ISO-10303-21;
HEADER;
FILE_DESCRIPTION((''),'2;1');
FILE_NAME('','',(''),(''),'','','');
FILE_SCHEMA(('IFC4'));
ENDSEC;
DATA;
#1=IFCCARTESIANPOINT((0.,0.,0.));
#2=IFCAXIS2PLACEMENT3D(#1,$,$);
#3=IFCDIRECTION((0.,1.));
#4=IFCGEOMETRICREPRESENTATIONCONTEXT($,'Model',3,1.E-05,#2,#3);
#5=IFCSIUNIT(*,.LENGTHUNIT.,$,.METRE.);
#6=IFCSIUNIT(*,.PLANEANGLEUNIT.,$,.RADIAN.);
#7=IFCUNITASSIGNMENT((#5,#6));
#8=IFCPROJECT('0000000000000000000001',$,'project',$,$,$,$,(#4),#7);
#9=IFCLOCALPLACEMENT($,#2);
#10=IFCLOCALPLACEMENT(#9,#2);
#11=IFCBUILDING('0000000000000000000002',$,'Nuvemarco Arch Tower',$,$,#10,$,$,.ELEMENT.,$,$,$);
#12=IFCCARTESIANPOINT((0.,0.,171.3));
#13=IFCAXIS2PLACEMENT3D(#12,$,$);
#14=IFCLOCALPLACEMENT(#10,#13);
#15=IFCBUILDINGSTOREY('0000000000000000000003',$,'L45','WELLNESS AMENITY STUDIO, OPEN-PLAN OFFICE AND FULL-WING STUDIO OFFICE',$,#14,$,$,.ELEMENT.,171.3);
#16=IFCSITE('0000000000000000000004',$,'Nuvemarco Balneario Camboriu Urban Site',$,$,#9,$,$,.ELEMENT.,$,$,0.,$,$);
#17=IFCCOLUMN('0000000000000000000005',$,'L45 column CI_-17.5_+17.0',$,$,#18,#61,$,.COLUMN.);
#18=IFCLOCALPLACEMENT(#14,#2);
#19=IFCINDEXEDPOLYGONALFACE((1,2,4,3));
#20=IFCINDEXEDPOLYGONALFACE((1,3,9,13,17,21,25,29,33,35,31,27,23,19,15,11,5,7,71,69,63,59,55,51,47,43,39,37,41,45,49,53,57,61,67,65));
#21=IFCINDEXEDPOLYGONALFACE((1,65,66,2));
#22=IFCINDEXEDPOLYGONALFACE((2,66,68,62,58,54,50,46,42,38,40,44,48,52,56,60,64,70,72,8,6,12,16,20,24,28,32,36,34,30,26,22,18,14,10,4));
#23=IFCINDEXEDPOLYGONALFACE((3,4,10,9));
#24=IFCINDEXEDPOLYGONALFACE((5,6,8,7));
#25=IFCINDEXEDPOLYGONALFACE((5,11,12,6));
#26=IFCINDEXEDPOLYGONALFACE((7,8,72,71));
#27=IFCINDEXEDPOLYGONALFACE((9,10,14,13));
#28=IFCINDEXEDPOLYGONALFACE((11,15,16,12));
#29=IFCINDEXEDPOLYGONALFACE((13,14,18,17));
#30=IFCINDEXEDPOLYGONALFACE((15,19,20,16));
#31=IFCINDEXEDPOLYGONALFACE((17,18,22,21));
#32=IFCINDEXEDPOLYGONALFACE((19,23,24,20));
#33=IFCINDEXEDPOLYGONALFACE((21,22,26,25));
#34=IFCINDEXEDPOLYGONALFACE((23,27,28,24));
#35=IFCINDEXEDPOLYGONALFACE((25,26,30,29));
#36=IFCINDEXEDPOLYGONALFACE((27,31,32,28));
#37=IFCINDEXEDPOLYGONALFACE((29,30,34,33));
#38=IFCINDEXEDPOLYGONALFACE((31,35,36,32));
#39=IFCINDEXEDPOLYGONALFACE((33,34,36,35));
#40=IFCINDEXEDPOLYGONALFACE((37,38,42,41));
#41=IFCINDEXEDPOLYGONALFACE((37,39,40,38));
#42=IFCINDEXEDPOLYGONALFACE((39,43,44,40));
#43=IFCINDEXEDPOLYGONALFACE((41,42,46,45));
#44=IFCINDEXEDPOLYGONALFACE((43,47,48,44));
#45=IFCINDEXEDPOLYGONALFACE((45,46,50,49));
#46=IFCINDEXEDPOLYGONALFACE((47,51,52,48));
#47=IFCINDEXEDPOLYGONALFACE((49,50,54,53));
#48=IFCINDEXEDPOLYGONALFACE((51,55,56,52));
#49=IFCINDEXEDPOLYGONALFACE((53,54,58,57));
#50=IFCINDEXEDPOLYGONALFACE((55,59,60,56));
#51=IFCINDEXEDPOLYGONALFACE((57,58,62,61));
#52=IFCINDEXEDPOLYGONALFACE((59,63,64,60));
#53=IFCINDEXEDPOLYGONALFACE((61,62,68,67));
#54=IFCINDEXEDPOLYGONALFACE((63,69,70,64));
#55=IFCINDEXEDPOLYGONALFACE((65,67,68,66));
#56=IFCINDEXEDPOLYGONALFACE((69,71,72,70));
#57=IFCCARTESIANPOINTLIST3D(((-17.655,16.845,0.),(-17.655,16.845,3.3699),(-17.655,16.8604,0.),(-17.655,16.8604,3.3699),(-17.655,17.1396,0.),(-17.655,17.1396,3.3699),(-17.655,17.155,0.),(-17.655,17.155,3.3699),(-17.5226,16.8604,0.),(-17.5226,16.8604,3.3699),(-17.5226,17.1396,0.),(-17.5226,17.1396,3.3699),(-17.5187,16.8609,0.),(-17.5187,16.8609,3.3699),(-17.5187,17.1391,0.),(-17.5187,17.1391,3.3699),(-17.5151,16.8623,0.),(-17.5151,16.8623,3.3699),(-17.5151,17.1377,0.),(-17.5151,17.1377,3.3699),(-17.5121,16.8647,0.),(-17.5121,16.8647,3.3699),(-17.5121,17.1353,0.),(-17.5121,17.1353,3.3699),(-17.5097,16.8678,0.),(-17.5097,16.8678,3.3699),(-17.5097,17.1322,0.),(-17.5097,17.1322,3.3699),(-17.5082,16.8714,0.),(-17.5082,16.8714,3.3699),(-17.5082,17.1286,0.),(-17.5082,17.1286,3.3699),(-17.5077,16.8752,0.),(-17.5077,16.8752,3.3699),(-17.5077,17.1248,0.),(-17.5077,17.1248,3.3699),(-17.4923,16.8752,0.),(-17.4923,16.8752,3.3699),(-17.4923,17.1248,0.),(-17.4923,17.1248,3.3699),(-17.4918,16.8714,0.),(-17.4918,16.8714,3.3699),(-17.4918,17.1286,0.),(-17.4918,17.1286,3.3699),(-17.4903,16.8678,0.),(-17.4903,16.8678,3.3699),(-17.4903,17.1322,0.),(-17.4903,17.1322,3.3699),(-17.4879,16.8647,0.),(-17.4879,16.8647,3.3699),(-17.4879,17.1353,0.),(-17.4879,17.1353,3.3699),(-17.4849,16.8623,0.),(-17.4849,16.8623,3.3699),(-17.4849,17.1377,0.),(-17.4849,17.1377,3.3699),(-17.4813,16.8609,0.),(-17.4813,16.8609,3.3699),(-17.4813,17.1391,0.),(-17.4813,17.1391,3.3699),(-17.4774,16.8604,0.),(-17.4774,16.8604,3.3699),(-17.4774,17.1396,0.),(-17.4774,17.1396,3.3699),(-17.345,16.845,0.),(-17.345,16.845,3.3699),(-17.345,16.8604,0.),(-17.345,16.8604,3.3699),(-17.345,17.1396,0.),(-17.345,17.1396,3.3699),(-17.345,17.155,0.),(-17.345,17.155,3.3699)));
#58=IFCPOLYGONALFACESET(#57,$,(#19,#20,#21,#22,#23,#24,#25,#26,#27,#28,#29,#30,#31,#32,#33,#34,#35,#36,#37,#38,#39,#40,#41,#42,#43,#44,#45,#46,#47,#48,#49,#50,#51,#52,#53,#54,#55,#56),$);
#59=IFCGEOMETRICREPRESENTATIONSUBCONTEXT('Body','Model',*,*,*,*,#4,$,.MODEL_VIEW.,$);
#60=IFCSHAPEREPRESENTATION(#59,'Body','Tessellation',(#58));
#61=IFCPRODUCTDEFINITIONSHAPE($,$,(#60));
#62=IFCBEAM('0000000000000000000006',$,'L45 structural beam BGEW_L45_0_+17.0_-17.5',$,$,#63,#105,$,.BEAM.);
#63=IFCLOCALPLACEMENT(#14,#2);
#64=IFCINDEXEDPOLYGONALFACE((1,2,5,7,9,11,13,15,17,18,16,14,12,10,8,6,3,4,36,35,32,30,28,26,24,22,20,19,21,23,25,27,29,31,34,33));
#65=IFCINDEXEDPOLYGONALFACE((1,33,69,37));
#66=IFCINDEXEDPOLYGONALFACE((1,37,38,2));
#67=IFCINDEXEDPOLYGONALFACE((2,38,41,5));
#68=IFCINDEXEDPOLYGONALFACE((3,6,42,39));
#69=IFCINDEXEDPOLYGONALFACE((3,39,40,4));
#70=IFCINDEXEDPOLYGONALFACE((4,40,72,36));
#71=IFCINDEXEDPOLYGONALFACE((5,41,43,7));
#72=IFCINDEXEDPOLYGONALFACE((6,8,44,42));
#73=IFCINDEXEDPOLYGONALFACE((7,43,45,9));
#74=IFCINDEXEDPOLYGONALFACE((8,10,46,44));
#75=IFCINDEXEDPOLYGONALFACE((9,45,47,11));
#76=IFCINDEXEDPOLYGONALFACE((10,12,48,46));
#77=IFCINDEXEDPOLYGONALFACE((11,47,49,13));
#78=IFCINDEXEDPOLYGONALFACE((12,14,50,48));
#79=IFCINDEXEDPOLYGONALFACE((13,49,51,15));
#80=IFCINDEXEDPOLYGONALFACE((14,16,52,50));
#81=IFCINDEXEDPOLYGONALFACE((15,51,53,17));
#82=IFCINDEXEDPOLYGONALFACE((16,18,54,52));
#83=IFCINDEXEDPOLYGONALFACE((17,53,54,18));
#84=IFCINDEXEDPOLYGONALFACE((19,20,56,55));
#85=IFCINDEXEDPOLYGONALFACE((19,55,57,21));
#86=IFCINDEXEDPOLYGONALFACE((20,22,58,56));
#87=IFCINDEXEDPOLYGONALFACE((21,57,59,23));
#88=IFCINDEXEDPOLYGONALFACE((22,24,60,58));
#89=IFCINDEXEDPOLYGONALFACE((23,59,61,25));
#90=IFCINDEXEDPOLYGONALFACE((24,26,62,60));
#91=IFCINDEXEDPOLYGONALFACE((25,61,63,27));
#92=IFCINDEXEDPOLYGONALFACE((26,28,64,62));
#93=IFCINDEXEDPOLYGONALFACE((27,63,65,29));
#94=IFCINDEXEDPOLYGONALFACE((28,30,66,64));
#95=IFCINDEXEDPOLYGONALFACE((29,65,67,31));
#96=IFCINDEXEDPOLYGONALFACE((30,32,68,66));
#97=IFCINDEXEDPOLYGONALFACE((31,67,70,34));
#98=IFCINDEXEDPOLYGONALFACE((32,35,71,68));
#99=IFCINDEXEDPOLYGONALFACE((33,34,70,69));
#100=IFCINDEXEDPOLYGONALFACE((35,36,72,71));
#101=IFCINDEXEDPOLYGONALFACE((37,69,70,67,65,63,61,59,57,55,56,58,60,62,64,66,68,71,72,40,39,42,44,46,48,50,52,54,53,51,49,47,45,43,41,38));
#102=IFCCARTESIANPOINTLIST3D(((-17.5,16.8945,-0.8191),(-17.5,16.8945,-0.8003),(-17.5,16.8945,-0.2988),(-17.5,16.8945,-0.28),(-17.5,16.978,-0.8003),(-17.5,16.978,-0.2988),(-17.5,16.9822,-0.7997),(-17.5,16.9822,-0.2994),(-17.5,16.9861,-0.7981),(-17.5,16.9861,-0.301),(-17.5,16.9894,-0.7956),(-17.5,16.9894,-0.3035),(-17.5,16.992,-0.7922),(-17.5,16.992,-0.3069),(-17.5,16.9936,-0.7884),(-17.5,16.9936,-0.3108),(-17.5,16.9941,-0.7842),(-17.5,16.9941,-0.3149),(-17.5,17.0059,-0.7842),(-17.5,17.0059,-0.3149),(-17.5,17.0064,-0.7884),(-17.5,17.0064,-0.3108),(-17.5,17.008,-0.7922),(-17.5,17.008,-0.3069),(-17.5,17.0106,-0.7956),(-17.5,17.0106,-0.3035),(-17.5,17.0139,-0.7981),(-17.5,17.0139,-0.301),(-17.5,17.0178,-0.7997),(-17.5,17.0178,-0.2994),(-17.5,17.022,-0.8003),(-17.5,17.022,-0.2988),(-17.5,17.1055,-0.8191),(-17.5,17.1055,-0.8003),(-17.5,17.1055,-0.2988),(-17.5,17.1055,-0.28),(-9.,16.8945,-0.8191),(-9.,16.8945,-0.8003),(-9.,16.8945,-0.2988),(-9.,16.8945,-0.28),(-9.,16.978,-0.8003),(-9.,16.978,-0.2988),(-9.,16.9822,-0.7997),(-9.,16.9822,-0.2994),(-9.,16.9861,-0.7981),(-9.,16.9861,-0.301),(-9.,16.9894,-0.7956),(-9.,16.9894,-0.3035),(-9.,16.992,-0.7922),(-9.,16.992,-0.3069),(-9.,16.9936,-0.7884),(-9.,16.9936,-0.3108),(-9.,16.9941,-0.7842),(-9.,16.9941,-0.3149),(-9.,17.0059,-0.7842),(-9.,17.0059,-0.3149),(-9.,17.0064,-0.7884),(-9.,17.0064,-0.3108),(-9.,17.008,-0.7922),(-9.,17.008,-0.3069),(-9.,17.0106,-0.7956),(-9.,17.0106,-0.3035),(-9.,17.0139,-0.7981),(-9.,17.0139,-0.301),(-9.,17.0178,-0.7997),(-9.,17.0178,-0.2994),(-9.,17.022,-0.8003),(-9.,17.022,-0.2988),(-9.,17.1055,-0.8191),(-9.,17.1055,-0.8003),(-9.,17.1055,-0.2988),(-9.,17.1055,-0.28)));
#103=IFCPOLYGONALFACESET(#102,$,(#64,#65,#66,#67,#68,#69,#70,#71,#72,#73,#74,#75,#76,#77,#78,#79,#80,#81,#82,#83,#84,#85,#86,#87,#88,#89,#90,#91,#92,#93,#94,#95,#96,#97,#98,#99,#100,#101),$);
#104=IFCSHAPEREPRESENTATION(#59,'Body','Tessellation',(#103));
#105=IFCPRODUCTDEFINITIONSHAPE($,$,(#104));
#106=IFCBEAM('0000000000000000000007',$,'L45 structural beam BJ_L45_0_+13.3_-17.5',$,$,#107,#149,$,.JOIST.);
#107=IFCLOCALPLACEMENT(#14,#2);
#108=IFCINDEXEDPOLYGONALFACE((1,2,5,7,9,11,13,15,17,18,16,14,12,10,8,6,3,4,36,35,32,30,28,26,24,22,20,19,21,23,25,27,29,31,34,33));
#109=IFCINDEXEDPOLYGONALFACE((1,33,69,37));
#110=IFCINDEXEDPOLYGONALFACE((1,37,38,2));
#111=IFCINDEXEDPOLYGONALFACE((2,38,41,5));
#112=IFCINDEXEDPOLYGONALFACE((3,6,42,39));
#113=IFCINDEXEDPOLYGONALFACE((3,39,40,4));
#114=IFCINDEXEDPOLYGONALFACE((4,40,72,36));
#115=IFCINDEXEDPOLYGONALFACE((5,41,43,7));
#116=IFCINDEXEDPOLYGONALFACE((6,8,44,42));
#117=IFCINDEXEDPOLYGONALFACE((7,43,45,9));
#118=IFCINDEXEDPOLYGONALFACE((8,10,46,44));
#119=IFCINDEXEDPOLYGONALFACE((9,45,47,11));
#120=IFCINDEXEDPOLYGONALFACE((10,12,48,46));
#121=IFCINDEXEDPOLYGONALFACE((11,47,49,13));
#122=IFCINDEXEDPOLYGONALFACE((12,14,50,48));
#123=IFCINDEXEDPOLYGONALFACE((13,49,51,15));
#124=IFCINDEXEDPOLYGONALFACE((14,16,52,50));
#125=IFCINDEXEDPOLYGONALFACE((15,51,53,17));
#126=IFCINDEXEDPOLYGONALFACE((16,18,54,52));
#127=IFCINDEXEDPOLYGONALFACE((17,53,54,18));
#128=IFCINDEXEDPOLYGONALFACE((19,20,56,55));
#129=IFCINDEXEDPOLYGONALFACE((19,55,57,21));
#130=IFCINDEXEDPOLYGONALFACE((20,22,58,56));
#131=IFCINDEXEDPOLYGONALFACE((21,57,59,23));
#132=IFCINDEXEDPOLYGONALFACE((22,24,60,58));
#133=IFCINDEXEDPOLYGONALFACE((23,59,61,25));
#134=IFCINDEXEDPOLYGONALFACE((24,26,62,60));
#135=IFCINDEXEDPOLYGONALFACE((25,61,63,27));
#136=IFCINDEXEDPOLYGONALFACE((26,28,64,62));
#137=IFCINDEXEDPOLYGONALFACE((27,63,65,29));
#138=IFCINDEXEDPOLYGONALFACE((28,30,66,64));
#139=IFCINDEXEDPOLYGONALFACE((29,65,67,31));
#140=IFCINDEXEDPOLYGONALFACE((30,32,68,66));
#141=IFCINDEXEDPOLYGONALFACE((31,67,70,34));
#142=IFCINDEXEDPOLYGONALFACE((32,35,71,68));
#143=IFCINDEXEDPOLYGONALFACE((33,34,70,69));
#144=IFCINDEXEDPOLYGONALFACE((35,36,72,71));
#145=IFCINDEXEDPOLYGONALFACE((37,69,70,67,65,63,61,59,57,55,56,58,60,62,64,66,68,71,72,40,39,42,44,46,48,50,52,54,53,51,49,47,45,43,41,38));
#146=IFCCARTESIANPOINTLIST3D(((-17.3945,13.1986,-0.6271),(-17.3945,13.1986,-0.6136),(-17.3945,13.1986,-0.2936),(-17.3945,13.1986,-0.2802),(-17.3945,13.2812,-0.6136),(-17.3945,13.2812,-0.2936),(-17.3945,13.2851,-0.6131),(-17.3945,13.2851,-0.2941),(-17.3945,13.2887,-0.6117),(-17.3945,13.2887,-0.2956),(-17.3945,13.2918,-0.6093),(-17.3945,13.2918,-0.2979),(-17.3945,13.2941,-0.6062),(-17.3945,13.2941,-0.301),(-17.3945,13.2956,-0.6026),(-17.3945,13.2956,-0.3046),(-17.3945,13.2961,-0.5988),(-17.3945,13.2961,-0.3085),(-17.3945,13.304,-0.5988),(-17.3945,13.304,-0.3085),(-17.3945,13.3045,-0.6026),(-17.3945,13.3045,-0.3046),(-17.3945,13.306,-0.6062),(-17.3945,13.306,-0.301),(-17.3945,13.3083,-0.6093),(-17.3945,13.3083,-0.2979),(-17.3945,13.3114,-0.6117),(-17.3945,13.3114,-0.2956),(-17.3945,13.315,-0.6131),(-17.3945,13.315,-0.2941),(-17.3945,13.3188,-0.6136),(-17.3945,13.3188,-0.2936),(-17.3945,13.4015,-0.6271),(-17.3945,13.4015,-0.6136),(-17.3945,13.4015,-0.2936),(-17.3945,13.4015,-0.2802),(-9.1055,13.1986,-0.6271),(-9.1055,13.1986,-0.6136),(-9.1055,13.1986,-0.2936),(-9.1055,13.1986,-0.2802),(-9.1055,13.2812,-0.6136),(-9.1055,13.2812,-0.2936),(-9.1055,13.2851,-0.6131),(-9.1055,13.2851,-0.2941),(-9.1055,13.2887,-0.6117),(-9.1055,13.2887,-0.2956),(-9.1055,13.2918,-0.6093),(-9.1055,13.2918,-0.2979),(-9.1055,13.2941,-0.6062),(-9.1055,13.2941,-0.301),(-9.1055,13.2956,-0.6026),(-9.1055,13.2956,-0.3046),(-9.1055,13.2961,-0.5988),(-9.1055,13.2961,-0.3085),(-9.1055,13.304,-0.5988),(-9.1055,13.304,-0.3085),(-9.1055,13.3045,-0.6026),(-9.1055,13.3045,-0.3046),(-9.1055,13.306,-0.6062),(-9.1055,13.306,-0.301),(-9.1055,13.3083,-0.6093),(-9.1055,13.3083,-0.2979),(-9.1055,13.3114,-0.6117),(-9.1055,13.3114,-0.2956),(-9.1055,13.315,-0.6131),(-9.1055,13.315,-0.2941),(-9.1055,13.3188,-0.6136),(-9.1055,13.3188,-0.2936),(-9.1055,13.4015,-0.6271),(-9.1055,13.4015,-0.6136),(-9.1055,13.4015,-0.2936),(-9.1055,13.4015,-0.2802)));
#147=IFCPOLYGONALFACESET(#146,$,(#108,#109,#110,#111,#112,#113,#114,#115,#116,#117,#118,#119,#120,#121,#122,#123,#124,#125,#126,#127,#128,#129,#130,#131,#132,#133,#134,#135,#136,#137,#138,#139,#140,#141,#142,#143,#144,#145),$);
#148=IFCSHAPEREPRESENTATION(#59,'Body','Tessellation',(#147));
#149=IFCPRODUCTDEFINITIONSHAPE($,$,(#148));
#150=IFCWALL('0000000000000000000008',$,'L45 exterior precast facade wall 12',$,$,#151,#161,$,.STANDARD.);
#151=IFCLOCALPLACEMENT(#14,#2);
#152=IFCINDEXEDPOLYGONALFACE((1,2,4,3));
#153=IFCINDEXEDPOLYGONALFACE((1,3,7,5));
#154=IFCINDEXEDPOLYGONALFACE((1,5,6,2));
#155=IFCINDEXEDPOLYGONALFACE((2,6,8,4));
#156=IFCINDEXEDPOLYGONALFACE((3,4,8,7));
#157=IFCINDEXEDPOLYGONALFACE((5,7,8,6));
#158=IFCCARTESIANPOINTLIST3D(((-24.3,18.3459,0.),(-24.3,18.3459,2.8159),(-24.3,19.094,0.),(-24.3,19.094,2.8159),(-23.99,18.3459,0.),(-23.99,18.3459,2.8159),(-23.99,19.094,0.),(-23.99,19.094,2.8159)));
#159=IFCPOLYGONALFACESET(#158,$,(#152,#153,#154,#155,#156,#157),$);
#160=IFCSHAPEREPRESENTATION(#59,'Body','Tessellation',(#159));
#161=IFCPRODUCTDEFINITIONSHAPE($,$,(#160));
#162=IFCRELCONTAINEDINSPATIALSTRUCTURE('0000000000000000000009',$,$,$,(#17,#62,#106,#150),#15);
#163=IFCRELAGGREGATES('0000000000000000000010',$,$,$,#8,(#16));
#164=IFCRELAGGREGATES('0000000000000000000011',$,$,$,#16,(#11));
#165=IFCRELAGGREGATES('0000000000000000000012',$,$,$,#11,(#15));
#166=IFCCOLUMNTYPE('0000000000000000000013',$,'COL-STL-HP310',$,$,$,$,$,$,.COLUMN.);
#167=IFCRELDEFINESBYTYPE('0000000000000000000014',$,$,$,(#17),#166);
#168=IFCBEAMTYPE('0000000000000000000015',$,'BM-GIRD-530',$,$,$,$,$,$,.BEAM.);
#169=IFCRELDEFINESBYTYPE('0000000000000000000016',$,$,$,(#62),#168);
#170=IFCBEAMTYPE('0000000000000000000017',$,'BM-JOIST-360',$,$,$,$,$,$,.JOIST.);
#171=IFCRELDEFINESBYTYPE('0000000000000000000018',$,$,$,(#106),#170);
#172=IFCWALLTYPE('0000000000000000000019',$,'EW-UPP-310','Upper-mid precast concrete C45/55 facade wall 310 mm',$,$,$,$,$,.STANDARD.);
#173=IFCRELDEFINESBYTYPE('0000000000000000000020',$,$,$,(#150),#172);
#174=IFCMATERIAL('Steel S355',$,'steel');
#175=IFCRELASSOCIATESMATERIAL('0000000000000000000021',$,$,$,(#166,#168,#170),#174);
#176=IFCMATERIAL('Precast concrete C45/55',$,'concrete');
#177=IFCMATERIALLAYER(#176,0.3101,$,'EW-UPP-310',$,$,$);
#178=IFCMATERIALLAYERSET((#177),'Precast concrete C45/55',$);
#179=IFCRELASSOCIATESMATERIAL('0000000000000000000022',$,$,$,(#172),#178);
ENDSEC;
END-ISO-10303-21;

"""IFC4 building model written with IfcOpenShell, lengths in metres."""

from ifc_helpers import new_model, si_unit, direction, frame, frame_2d, origin, origin_2d, place, context, subcontext, project, spatial, rectangle, i_section, extrude, material, layer, layer_set, material_profile, profile_set, type_object, element, save


model = new_model("IFC4")

# Units and contexts
model_context = context("Model", 3, precision=1e-05, world=origin(), true_north=direction((0.0, 1.0)))
body_context = subcontext(model_context, "Body", "Model", "MODEL_VIEW")
ifc_project = project(units=[si_unit("LENGTHUNIT", "METRE"), si_unit("PLANEANGLEUNIT", "RADIAN")], contexts=[model_context])

# Site, building, storey
site_placement = place(None, origin())
site = spatial("IfcSite", under=ifc_project, at=site_placement, Name="Nuvemarco Balneario Camboriu Urban Site", CompositionType="ELEMENT", RefElevation=0.0)
building_placement = place(site_placement, origin())
building = spatial("IfcBuilding", under=site, at=building_placement, Name="Nuvemarco Arch Tower", CompositionType="ELEMENT")
storey_placement = place(building_placement, frame((0.0, 0.0, 171.3)))
storey = spatial("IfcBuildingStorey", under=building, at=storey_placement, Name="L45", Description="WELLNESS AMENITY STUDIO, OPEN-PLAN OFFICE AND FULL-WING STUDIO OFFICE", CompositionType="ELEMENT", Elevation=171.3)

# Column
ifc_material_1 = material(Name="Steel S355", Category="steel")
ifc_material_profile_1 = material_profile(ifc_material_1, i_section(OverallWidth=0.3101, OverallDepth=0.3101, WebThickness=0.0154, FlangeThickness=0.0154, FilletRadius=0.0149, at=origin_2d()), Name="HP310x110")
ifc_profile_set_1 = profile_set([ifc_material_profile_1], Name="Steel S355")
column_type = type_object("IfcColumnType", Name="COL-STL-HP310", PredefinedType="COLUMN", material=ifc_profile_set_1)
column_placement = place(storey_placement, frame((-17.5, 17.0, 0.0), z_axis=(0.0, 0.0, 1.0), x_axis=(1.0, 0.0, 0.0)))
element("IfcColumn", 1, at=column_placement, inside=storey, type_object=column_type, Name="L45 column CI_-17.5_+17.0", PredefinedType="COLUMN", context=body_context, shape_type="SweptSolid", body=[
    extrude(i_section(OverallWidth=0.3101, OverallDepth=0.3101, WebThickness=0.0154, FlangeThickness=0.0154, FilletRadius=0.0149, at=origin_2d()), origin(), (0.0, 0.0, 1.0), 3.3699),
])

# Beams
ifc_material_profile_2 = material_profile(ifc_material_1, i_section(OverallWidth=0.2109, OverallDepth=0.5391, WebThickness=0.0117, FlangeThickness=0.0188, FilletRadius=0.0161, at=origin_2d()), Name="W530x109")
ifc_profile_set_2 = profile_set([ifc_material_profile_2], Name="Steel S355")
beam_type_1 = type_object("IfcBeamType", Name="BM-GIRD-530", PredefinedType="BEAM", material=ifc_profile_set_2)
beam_1_placement = place(storey_placement, frame((-17.5, 17.0, -0.5496), z_axis=(1.0, 0.0, 0.0), x_axis=(0.0, 1.0, 0.0)))
element("IfcBeam", 2, at=beam_1_placement, inside=storey, type_object=beam_type_1, Name="L45 structural beam BGEW_L45_0_+17.0_-17.5", PredefinedType="BEAM", context=body_context, shape_type="SweptSolid", body=[
    extrude(i_section(OverallWidth=0.2109, OverallDepth=0.5391, WebThickness=0.0117, FlangeThickness=0.0188, FilletRadius=0.0161, at=origin_2d()), origin(), (0.0, 0.0, 1.0), 8.5),
])
ifc_material_profile_3 = material_profile(ifc_material_1, i_section(OverallWidth=0.2029, OverallDepth=0.3469, WebThickness=0.0078, FlangeThickness=0.0134, FilletRadius=0.0149, at=origin_2d()), Name="W360x64")
ifc_profile_set_3 = profile_set([ifc_material_profile_3], Name="Steel S355")
beam_type_2 = type_object("IfcBeamType", Name="BM-JOIST-360", PredefinedType="JOIST", material=ifc_profile_set_3)
beam_2_placement = place(storey_placement, frame((-17.3945, 13.3, -0.4536), z_axis=(1.0, 0.0, 0.0), x_axis=(0.0, 1.0, 0.0)))
element("IfcBeam", 3, at=beam_2_placement, inside=storey, type_object=beam_type_2, Name="L45 structural beam BJ_L45_0_+13.3_-17.5", PredefinedType="JOIST", context=body_context, shape_type="SweptSolid", body=[
    extrude(i_section(OverallWidth=0.2029, OverallDepth=0.3469, WebThickness=0.0078, FlangeThickness=0.0134, FilletRadius=0.0149, at=origin_2d()), origin(), (0.0, 0.0, 1.0), 8.2891),
])

# Wall
ifc_material_2 = material(Name="Precast concrete C45/55", Category="concrete")
ifc_layer_1 = layer(ifc_material_2, 0.3101, Name="EW-UPP-310")
ifc_layer_set_1 = layer_set([ifc_layer_1], Name="Precast concrete C45/55")
wall_type_1 = type_object("IfcWallType", Name="EW-UPP-310", Description="Upper-mid precast concrete C45/55 facade wall 310 mm", PredefinedType="STANDARD", material=ifc_layer_set_1)
wall_1_placement = place(storey_placement, frame((-24.145, 18.3459, 0.0), z_axis=(0.0, 0.0, 1.0), x_axis=(0.0, 1.0, 0.0)))
element("IfcWall", 4, at=wall_1_placement, inside=storey, type_object=wall_type_1, Name="L45 exterior precast facade wall 12", PredefinedType="STANDARD", context=body_context, shape_type="SweptSolid", body=[
    extrude(rectangle(XDim=0.748, YDim=0.3101, at=frame_2d((0.374, 0.0))), origin(), (0.0, 0.0, 1.0), 2.8159),
])

save(model, "model.ifc")
